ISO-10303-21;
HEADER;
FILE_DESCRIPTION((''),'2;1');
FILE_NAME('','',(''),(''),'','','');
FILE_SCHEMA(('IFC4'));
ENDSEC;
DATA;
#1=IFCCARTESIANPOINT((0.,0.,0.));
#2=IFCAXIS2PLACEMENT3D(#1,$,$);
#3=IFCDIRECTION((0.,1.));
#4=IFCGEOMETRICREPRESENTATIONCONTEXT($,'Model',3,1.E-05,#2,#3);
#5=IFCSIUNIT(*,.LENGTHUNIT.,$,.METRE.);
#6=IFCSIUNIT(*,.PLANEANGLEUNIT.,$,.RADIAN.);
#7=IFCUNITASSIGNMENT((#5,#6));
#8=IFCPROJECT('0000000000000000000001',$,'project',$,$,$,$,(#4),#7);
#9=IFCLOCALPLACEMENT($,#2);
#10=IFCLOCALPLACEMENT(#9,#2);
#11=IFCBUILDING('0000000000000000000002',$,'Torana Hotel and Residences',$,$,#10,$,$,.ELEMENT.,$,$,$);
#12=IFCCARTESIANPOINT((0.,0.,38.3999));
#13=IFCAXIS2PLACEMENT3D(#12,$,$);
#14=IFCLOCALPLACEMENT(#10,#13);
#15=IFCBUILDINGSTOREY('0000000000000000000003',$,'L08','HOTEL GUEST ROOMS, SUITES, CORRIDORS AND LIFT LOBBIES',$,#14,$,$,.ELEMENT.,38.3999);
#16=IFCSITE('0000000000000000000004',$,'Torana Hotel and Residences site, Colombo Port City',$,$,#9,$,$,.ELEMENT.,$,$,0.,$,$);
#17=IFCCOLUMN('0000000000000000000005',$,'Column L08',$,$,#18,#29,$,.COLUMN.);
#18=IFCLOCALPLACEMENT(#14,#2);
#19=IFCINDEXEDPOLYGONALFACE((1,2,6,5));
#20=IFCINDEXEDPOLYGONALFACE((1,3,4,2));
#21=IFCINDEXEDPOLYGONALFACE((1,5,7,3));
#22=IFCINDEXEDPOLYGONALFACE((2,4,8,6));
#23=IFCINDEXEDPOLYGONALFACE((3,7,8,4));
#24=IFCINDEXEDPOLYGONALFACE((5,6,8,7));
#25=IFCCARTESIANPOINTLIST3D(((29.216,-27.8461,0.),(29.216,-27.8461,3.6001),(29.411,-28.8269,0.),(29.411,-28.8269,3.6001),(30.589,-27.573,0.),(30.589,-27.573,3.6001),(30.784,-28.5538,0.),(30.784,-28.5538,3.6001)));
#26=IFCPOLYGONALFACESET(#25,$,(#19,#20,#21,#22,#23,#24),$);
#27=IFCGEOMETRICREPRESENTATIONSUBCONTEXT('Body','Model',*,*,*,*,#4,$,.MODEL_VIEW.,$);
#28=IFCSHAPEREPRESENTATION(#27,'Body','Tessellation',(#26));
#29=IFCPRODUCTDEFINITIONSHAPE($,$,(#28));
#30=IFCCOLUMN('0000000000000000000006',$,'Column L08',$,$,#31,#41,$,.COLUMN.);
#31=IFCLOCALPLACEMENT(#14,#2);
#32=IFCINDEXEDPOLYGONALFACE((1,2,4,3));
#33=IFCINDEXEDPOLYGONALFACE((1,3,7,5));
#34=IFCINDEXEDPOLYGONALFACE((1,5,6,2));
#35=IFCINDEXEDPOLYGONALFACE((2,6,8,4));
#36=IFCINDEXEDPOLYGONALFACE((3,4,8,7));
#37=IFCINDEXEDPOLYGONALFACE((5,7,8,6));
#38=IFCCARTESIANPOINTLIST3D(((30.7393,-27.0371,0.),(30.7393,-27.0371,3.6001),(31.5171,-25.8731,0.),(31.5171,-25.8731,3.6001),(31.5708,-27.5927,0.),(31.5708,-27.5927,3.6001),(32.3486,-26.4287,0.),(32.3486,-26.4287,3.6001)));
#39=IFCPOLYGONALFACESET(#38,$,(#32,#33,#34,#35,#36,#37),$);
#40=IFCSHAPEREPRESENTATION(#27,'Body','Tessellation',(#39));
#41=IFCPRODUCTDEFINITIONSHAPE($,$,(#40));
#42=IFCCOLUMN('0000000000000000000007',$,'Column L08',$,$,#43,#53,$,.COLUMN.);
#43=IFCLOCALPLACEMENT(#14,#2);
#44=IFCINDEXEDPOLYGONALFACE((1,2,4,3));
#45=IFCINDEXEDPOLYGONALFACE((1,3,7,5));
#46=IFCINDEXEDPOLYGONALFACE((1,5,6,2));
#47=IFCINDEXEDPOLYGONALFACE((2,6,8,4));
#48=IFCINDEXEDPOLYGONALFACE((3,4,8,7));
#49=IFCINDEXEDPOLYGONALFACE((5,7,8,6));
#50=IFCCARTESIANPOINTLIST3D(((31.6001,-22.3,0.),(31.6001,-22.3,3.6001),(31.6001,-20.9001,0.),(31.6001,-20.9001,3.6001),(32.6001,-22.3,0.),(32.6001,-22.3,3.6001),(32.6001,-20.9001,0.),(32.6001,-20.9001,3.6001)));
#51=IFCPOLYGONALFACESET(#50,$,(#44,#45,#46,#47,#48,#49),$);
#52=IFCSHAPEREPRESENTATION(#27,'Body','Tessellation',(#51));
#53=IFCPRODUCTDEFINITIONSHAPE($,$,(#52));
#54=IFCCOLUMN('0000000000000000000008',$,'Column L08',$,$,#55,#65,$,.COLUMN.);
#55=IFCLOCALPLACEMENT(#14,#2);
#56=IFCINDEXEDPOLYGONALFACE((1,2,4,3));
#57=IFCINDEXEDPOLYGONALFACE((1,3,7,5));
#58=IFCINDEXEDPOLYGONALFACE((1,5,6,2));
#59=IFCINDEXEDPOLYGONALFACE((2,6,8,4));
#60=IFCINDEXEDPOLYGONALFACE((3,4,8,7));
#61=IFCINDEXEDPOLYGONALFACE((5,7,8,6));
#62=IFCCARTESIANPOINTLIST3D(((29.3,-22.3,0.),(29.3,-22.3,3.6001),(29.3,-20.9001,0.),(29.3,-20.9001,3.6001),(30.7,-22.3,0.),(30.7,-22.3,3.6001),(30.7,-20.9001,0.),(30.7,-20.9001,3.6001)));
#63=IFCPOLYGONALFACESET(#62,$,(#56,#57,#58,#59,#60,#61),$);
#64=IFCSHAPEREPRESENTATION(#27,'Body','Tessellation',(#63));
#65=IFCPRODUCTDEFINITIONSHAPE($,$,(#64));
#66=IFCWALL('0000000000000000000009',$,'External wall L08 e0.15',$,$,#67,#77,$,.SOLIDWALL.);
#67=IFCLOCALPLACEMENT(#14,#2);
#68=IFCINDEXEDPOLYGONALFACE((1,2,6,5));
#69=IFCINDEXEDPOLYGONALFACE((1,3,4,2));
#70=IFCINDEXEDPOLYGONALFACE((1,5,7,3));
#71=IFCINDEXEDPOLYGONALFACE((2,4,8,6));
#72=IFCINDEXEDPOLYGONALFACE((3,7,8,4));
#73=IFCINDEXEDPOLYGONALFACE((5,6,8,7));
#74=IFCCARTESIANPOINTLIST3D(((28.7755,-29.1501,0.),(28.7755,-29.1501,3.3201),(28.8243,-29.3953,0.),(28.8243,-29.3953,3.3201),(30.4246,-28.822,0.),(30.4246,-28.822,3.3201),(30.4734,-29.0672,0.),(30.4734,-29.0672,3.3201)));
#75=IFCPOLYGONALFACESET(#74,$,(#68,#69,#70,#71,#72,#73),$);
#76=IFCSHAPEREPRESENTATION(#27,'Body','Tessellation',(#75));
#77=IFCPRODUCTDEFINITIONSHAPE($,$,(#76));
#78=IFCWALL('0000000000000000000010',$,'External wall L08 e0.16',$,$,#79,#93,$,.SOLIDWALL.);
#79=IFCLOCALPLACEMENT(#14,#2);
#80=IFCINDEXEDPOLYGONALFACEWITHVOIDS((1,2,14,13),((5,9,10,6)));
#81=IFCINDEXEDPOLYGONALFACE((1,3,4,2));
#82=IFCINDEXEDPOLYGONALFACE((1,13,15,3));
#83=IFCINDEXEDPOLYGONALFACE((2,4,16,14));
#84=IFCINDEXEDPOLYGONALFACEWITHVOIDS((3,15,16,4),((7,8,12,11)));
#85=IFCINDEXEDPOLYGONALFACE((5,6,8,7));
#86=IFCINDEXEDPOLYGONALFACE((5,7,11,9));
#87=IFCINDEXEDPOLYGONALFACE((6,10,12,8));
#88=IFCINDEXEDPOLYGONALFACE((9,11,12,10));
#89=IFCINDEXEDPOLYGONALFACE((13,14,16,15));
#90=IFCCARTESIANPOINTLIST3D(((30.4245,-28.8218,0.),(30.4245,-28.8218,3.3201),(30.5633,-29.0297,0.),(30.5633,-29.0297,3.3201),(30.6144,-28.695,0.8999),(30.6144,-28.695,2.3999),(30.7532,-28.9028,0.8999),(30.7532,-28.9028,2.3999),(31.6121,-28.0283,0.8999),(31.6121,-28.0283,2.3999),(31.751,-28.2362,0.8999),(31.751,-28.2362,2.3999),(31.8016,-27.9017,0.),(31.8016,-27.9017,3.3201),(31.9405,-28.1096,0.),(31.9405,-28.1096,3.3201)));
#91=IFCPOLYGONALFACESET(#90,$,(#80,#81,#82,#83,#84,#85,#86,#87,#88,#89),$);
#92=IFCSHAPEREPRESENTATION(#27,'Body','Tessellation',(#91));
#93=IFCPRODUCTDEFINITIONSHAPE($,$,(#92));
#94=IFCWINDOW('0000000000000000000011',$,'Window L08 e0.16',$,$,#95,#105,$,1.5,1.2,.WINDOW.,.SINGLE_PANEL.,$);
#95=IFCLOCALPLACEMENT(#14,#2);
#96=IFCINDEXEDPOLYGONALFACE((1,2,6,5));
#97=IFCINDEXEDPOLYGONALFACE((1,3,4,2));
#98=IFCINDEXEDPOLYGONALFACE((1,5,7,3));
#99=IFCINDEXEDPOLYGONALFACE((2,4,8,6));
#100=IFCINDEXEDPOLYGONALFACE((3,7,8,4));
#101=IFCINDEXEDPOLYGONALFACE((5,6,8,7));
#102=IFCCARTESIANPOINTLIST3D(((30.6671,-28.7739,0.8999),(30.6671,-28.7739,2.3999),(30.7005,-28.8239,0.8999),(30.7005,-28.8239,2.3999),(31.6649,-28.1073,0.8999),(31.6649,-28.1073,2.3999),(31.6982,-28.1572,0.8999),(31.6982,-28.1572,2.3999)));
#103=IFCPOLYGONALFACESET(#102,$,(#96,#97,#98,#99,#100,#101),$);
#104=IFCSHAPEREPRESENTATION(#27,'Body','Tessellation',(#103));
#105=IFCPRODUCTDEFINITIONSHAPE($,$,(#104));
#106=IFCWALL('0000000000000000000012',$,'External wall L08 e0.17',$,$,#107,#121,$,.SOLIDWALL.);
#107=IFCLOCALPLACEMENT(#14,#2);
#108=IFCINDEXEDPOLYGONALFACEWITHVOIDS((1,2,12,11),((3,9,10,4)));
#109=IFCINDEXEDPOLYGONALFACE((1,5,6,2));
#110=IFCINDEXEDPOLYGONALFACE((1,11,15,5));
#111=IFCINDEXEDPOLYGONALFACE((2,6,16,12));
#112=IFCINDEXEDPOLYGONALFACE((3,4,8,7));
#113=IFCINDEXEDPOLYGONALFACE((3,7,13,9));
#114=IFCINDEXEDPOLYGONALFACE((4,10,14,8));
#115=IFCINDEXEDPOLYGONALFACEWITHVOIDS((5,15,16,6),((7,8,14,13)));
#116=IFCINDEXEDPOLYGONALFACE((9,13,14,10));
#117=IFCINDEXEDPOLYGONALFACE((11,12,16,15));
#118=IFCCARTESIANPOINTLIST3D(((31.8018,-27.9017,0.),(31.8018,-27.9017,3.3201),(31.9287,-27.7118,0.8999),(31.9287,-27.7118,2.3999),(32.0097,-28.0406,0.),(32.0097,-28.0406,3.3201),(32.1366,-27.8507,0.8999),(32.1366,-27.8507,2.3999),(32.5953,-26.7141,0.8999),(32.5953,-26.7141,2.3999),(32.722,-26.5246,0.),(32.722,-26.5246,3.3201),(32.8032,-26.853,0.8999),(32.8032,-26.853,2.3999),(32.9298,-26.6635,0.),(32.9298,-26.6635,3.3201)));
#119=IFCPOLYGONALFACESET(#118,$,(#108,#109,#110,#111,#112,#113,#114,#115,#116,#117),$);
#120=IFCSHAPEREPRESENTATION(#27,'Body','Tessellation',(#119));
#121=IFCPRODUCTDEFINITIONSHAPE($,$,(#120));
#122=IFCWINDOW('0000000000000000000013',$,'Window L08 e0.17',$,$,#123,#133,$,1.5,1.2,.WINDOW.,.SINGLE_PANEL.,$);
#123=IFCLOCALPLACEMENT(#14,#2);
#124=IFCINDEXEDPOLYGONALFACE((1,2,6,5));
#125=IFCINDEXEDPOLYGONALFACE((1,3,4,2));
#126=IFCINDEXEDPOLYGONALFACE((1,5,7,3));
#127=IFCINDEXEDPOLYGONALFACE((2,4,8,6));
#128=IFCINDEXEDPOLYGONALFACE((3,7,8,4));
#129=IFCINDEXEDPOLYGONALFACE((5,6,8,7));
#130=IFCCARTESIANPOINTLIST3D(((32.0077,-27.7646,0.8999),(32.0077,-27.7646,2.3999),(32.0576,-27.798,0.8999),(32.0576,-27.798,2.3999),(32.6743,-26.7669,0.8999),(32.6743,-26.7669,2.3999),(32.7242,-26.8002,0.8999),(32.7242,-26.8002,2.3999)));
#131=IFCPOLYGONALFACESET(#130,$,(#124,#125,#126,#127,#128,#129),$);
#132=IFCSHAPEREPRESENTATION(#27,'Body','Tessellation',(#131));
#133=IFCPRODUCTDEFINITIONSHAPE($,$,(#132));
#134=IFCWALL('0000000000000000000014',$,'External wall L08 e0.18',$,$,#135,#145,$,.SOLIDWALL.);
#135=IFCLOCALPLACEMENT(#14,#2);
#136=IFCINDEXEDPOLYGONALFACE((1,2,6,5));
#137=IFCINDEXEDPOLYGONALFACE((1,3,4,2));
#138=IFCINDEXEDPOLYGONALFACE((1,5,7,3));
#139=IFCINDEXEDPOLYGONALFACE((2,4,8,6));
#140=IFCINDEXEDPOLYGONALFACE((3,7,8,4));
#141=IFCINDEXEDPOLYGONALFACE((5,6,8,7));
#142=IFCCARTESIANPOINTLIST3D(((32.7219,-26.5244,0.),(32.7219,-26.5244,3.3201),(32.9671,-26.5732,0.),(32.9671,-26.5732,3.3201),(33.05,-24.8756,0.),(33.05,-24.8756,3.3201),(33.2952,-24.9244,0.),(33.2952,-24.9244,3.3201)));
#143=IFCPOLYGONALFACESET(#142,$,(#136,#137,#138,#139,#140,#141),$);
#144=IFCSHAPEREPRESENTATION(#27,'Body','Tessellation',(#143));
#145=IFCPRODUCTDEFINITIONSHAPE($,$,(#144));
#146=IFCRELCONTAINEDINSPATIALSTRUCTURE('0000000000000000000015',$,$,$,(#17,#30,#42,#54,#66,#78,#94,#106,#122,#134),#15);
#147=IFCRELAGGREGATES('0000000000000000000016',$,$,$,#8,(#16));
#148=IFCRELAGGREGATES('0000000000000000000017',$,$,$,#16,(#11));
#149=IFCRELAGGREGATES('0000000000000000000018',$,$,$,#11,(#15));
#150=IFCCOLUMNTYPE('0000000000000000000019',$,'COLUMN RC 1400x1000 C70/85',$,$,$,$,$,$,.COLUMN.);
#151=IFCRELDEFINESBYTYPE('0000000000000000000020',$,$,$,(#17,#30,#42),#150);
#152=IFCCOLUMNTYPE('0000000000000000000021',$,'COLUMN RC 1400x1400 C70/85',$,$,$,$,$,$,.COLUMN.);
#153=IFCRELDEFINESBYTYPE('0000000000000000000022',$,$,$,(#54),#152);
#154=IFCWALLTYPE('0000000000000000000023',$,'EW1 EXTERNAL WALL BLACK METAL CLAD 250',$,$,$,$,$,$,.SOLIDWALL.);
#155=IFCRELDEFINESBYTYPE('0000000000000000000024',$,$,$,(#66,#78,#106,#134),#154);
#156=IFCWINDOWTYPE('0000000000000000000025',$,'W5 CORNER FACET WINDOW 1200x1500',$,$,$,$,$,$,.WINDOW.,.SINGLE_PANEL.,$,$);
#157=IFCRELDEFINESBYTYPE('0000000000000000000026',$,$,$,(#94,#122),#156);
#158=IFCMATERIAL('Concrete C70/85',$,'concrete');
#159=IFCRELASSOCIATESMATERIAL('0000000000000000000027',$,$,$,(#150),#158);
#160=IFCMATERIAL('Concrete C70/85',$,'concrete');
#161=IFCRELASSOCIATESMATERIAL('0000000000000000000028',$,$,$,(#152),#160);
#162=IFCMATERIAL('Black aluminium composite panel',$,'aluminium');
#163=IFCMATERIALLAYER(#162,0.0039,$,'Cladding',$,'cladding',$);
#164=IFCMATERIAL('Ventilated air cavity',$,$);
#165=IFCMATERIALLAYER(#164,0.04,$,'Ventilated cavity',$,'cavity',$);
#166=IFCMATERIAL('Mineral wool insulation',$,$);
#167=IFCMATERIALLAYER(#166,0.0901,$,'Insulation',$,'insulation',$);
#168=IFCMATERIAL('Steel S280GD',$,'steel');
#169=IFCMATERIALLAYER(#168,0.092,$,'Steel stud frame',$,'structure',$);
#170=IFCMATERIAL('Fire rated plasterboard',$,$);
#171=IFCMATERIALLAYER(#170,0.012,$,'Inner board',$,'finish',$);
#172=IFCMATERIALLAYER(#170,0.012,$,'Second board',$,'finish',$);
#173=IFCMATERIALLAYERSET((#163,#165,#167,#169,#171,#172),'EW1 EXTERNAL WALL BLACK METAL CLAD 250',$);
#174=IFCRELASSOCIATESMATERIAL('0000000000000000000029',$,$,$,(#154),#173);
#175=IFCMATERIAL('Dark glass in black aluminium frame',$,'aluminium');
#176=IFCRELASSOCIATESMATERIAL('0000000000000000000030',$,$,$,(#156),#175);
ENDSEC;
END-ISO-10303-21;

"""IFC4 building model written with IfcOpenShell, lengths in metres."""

from ifc_helpers import new_model, si_unit, direction, frame, frame_2d, origin, origin_2d, place, context, subcontext, project, spatial, rectangle, extrude, material, layer, layer_set, material_profile, profile_set, type_object, element, fill, save


model = new_model("IFC4")

# Units and contexts
model_context = context("Model", 3, precision=1e-05, world=origin(), true_north=direction((0.0, 1.0)))
body_context = subcontext(model_context, "Body", "Model", "MODEL_VIEW")
ifc_project = project(units=[si_unit("LENGTHUNIT", "METRE"), si_unit("PLANEANGLEUNIT", "RADIAN")], contexts=[model_context])

# Site, building, storey
site_placement = place(None, origin())
site = spatial("IfcSite", under=ifc_project, at=site_placement, Name="Torana Hotel and Residences site, Colombo Port City", CompositionType="ELEMENT", RefElevation=0.0)
building_placement = place(site_placement, origin())
building = spatial("IfcBuilding", under=site, at=building_placement, Name="Torana Hotel and Residences", CompositionType="ELEMENT")
storey_placement = place(building_placement, frame((0.0, 0.0, 38.3999)))
storey = spatial("IfcBuildingStorey", under=building, at=storey_placement, Name="L08", Description="HOTEL GUEST ROOMS, SUITES, CORRIDORS AND LIFT LOBBIES", CompositionType="ELEMENT", Elevation=38.3999)

# Columns
ifc_material_1 = material(Name="Concrete C70/85", Category="concrete")
ifc_material_profile_1 = material_profile(ifc_material_1, rectangle(XDim=1.3999, YDim=1.0, at=origin_2d()), Name="RC 1400x1000")
ifc_profile_set_1 = profile_set([ifc_material_profile_1], Name="Concrete C70/85")
column_type_1 = type_object("IfcColumnType", Name="COLUMN RC 1400x1000 C70/85", PredefinedType="COLUMN", material=ifc_profile_set_1)
for number, where, z_axis, x_axis, name in (
    (1, (30.0, -28.2, 0.0), (0.0, 0.0, 1.0), (0.980792, 0.195056, 0.0), "Column L08"),
    (2, (31.5439, -26.7329, 0.0), (0.0, 0.0, 1.0), (0.555585, 0.83146, 0.0), "Column L08"),
    (3, (32.1001, -21.6001, 0.0), (0.0, 0.0, 1.0), (0.0, 1.0, 0.0), "Column L08"),
):
    element("IfcColumn", number, at=place(storey_placement, frame(where, z_axis=z_axis, x_axis=x_axis)), inside=storey, type_object=column_type_1, Name=name, PredefinedType="COLUMN", context=body_context, shape_type="SweptSolid", body=[
        extrude(rectangle(XDim=1.3999, YDim=1.0, at=origin_2d()), origin(), (0.0, 0.0, 1.0), 3.6001),
    ])
ifc_material_2 = material(Name="Concrete C70/85", Category="concrete")
ifc_material_profile_2 = material_profile(ifc_material_2, rectangle(XDim=1.3999, YDim=1.3999, at=origin_2d()), Name="RC 1400x1400")
ifc_profile_set_2 = profile_set([ifc_material_profile_2], Name="Concrete C70/85")
column_type_2 = type_object("IfcColumnType", Name="COLUMN RC 1400x1400 C70/85", PredefinedType="COLUMN", material=ifc_profile_set_2)
column_placement = place(storey_placement, frame((30.0, -21.6001, 0.0), z_axis=(0.0, 0.0, 1.0), x_axis=(1.0, 0.0, 0.0)))
element("IfcColumn", 4, at=column_placement, inside=storey, type_object=column_type_2, Name="Column L08", PredefinedType="COLUMN", context=body_context, shape_type="SweptSolid", body=[
    extrude(rectangle(XDim=1.3999, YDim=1.3999, at=origin_2d()), origin(), (0.0, 0.0, 1.0), 3.6001),
])

# Wall
ifc_material_3 = material(Name="Black aluminium composite panel", Category="aluminium")
ifc_layer_1 = layer(ifc_material_3, 0.0039, Name="Cladding", Category="cladding")
ifc_material_4 = material(Name="Ventilated air cavity")
ifc_layer_2 = layer(ifc_material_4, 0.04, Name="Ventilated cavity", Category="cavity")
ifc_material_5 = material(Name="Mineral wool insulation")
ifc_layer_3 = layer(ifc_material_5, 0.0901, Name="Insulation", Category="insulation")
ifc_material_6 = material(Name="Steel S280GD", Category="steel")
ifc_layer_4 = layer(ifc_material_6, 0.092, Name="Steel stud frame", Category="structure")
ifc_material_7 = material(Name="Fire rated plasterboard")
ifc_layer_5 = layer(ifc_material_7, 0.012, Name="Inner board", Category="finish")
ifc_layer_6 = layer(ifc_material_7, 0.012, Name="Second board", Category="finish")
ifc_layer_set_1 = layer_set([ifc_layer_1, ifc_layer_2, ifc_layer_3, ifc_layer_4, ifc_layer_5, ifc_layer_6], Name="EW1 EXTERNAL WALL BLACK METAL CLAD 250")
wall_type_1 = type_object("IfcWallType", Name="EW1 EXTERNAL WALL BLACK METAL CLAD 250", PredefinedType="SOLIDWALL", material=ifc_layer_set_1)
wall_1_placement = place(storey_placement, frame((28.7998, -29.2727, 0.0), z_axis=(0.0, 0.0, 1.0), x_axis=(0.980776, 0.195139, 0.0)))
element("IfcWall", 5, at=wall_1_placement, inside=storey, type_object=wall_type_1, Name="External wall L08 e0.15", PredefinedType="SOLIDWALL", context=body_context, shape_type="SweptSolid", body=[
    extrude(rectangle(XDim=1.6814, YDim=0.25, at=frame_2d((0.8408, 0.0))), origin(), (0.0, 0.0, 1.0), 3.3201),
])

# Walls, openings, windows
wall_2_placement = place(storey_placement, frame((30.4939, -28.9258, 0.0), z_axis=(0.0, 0.0, 1.0), x_axis=(0.831483, 0.55555, 0.0)))
wall_2 = element("IfcWall", 6, at=wall_2_placement, inside=storey, type_object=wall_type_1, Name="External wall L08 e0.16", PredefinedType="SOLIDWALL", context=body_context, shape_type="SweptSolid", body=[
    extrude(rectangle(XDim=1.6562, YDim=0.25, at=frame_2d((0.8281, 0.0))), origin(), (0.0, 0.0, 1.0), 3.3201),
])
opening_1_placement = place(wall_2_placement, frame((0.2283, 0.0, 0.8999)))
opening_1 = element("IfcOpeningElement", 7, at=opening_1_placement, cuts=wall_2, PredefinedType="OPENING", context=body_context, shape_type="SweptSolid", body=[
    extrude(rectangle(XDim=1.2, YDim=1.5, at=frame_2d((0.6001, 0.75))), frame((0.0, 0.135, 0.0), z_axis=(0.0, -1.0, 0.0), x_axis=(1.0, 0.0, 0.0)), (0.0, 0.0, 1.0), 0.27),
])
ifc_material_8 = material(Name="Dark glass in black aluminium frame", Category="aluminium")
window_type_1 = type_object("IfcWindowType", Name="W5 CORNER FACET WINDOW 1200x1500", PartitioningType="SINGLE_PANEL", PredefinedType="WINDOW", material=ifc_material_8)
window_1_placement = place(opening_1_placement, origin())
window_1 = element("IfcWindow", 8, at=window_1_placement, inside=storey, type_object=window_type_1, Name="Window L08 e0.16", OverallHeight=1.5, OverallWidth=1.2, PartitioningType="SINGLE_PANEL", PredefinedType="WINDOW", context=body_context, shape_type="SweptSolid", body=[
    extrude(rectangle(XDim=1.2, YDim=1.5, at=frame_2d((0.6001, 0.75))), frame((0.0, 0.03, 0.0), z_axis=(0.0, -1.0, 0.0), x_axis=(1.0, 0.0, 0.0)), (0.0, 0.0, 1.0), 0.0601),
])
fill(opening_1, window_1)
wall_3_placement = place(storey_placement, frame((31.9058, -27.9712, 0.0), z_axis=(0.0, 0.0, 1.0), x_axis=(0.55555, 0.831483, 0.0)))
wall_3 = element("IfcWall", 9, at=wall_3_placement, inside=storey, type_object=wall_type_1, Name="External wall L08 e0.17", PredefinedType="SOLIDWALL", context=body_context, shape_type="SweptSolid", body=[
    extrude(rectangle(XDim=1.6562, YDim=0.25, at=frame_2d((0.8281, 0.0))), origin(), (0.0, 0.0, 1.0), 3.3201),
])
opening_2_placement = place(wall_3_placement, frame((0.2283, 0.0, 0.8999)))
opening_2 = element("IfcOpeningElement", 10, at=opening_2_placement, cuts=wall_3, PredefinedType="OPENING", context=body_context, shape_type="SweptSolid", body=[
    extrude(rectangle(XDim=1.2, YDim=1.5, at=frame_2d((0.6001, 0.75))), frame((0.0, 0.135, 0.0), z_axis=(0.0, -1.0, 0.0), x_axis=(1.0, 0.0, 0.0)), (0.0, 0.0, 1.0), 0.27),
])
window_2_placement = place(opening_2_placement, origin())
window_2 = element("IfcWindow", 11, at=window_2_placement, inside=storey, type_object=window_type_1, Name="Window L08 e0.17", OverallHeight=1.5, OverallWidth=1.2, PartitioningType="SINGLE_PANEL", PredefinedType="WINDOW", context=body_context, shape_type="SweptSolid", body=[
    extrude(rectangle(XDim=1.2, YDim=1.5, at=frame_2d((0.6001, 0.75))), frame((0.0, 0.03, 0.0), z_axis=(0.0, -1.0, 0.0), x_axis=(1.0, 0.0, 0.0)), (0.0, 0.0, 1.0), 0.0601),
])
fill(opening_2, window_2)

# Wall
wall_4_placement = place(storey_placement, frame((32.8445, -26.5488, 0.0), z_axis=(0.0, 0.0, 1.0), x_axis=(0.195167, 0.98077, 0.0)))
element("IfcWall", 12, at=wall_4_placement, inside=storey, type_object=wall_type_1, Name="External wall L08 e0.18", PredefinedType="SOLIDWALL", context=body_context, shape_type="SweptSolid", body=[
    extrude(rectangle(XDim=1.6812, YDim=0.25, at=frame_2d((0.8406, 0.0))), origin(), (0.0, 0.0, 1.0), 3.3201),
])

save(model, "model.ifc")
